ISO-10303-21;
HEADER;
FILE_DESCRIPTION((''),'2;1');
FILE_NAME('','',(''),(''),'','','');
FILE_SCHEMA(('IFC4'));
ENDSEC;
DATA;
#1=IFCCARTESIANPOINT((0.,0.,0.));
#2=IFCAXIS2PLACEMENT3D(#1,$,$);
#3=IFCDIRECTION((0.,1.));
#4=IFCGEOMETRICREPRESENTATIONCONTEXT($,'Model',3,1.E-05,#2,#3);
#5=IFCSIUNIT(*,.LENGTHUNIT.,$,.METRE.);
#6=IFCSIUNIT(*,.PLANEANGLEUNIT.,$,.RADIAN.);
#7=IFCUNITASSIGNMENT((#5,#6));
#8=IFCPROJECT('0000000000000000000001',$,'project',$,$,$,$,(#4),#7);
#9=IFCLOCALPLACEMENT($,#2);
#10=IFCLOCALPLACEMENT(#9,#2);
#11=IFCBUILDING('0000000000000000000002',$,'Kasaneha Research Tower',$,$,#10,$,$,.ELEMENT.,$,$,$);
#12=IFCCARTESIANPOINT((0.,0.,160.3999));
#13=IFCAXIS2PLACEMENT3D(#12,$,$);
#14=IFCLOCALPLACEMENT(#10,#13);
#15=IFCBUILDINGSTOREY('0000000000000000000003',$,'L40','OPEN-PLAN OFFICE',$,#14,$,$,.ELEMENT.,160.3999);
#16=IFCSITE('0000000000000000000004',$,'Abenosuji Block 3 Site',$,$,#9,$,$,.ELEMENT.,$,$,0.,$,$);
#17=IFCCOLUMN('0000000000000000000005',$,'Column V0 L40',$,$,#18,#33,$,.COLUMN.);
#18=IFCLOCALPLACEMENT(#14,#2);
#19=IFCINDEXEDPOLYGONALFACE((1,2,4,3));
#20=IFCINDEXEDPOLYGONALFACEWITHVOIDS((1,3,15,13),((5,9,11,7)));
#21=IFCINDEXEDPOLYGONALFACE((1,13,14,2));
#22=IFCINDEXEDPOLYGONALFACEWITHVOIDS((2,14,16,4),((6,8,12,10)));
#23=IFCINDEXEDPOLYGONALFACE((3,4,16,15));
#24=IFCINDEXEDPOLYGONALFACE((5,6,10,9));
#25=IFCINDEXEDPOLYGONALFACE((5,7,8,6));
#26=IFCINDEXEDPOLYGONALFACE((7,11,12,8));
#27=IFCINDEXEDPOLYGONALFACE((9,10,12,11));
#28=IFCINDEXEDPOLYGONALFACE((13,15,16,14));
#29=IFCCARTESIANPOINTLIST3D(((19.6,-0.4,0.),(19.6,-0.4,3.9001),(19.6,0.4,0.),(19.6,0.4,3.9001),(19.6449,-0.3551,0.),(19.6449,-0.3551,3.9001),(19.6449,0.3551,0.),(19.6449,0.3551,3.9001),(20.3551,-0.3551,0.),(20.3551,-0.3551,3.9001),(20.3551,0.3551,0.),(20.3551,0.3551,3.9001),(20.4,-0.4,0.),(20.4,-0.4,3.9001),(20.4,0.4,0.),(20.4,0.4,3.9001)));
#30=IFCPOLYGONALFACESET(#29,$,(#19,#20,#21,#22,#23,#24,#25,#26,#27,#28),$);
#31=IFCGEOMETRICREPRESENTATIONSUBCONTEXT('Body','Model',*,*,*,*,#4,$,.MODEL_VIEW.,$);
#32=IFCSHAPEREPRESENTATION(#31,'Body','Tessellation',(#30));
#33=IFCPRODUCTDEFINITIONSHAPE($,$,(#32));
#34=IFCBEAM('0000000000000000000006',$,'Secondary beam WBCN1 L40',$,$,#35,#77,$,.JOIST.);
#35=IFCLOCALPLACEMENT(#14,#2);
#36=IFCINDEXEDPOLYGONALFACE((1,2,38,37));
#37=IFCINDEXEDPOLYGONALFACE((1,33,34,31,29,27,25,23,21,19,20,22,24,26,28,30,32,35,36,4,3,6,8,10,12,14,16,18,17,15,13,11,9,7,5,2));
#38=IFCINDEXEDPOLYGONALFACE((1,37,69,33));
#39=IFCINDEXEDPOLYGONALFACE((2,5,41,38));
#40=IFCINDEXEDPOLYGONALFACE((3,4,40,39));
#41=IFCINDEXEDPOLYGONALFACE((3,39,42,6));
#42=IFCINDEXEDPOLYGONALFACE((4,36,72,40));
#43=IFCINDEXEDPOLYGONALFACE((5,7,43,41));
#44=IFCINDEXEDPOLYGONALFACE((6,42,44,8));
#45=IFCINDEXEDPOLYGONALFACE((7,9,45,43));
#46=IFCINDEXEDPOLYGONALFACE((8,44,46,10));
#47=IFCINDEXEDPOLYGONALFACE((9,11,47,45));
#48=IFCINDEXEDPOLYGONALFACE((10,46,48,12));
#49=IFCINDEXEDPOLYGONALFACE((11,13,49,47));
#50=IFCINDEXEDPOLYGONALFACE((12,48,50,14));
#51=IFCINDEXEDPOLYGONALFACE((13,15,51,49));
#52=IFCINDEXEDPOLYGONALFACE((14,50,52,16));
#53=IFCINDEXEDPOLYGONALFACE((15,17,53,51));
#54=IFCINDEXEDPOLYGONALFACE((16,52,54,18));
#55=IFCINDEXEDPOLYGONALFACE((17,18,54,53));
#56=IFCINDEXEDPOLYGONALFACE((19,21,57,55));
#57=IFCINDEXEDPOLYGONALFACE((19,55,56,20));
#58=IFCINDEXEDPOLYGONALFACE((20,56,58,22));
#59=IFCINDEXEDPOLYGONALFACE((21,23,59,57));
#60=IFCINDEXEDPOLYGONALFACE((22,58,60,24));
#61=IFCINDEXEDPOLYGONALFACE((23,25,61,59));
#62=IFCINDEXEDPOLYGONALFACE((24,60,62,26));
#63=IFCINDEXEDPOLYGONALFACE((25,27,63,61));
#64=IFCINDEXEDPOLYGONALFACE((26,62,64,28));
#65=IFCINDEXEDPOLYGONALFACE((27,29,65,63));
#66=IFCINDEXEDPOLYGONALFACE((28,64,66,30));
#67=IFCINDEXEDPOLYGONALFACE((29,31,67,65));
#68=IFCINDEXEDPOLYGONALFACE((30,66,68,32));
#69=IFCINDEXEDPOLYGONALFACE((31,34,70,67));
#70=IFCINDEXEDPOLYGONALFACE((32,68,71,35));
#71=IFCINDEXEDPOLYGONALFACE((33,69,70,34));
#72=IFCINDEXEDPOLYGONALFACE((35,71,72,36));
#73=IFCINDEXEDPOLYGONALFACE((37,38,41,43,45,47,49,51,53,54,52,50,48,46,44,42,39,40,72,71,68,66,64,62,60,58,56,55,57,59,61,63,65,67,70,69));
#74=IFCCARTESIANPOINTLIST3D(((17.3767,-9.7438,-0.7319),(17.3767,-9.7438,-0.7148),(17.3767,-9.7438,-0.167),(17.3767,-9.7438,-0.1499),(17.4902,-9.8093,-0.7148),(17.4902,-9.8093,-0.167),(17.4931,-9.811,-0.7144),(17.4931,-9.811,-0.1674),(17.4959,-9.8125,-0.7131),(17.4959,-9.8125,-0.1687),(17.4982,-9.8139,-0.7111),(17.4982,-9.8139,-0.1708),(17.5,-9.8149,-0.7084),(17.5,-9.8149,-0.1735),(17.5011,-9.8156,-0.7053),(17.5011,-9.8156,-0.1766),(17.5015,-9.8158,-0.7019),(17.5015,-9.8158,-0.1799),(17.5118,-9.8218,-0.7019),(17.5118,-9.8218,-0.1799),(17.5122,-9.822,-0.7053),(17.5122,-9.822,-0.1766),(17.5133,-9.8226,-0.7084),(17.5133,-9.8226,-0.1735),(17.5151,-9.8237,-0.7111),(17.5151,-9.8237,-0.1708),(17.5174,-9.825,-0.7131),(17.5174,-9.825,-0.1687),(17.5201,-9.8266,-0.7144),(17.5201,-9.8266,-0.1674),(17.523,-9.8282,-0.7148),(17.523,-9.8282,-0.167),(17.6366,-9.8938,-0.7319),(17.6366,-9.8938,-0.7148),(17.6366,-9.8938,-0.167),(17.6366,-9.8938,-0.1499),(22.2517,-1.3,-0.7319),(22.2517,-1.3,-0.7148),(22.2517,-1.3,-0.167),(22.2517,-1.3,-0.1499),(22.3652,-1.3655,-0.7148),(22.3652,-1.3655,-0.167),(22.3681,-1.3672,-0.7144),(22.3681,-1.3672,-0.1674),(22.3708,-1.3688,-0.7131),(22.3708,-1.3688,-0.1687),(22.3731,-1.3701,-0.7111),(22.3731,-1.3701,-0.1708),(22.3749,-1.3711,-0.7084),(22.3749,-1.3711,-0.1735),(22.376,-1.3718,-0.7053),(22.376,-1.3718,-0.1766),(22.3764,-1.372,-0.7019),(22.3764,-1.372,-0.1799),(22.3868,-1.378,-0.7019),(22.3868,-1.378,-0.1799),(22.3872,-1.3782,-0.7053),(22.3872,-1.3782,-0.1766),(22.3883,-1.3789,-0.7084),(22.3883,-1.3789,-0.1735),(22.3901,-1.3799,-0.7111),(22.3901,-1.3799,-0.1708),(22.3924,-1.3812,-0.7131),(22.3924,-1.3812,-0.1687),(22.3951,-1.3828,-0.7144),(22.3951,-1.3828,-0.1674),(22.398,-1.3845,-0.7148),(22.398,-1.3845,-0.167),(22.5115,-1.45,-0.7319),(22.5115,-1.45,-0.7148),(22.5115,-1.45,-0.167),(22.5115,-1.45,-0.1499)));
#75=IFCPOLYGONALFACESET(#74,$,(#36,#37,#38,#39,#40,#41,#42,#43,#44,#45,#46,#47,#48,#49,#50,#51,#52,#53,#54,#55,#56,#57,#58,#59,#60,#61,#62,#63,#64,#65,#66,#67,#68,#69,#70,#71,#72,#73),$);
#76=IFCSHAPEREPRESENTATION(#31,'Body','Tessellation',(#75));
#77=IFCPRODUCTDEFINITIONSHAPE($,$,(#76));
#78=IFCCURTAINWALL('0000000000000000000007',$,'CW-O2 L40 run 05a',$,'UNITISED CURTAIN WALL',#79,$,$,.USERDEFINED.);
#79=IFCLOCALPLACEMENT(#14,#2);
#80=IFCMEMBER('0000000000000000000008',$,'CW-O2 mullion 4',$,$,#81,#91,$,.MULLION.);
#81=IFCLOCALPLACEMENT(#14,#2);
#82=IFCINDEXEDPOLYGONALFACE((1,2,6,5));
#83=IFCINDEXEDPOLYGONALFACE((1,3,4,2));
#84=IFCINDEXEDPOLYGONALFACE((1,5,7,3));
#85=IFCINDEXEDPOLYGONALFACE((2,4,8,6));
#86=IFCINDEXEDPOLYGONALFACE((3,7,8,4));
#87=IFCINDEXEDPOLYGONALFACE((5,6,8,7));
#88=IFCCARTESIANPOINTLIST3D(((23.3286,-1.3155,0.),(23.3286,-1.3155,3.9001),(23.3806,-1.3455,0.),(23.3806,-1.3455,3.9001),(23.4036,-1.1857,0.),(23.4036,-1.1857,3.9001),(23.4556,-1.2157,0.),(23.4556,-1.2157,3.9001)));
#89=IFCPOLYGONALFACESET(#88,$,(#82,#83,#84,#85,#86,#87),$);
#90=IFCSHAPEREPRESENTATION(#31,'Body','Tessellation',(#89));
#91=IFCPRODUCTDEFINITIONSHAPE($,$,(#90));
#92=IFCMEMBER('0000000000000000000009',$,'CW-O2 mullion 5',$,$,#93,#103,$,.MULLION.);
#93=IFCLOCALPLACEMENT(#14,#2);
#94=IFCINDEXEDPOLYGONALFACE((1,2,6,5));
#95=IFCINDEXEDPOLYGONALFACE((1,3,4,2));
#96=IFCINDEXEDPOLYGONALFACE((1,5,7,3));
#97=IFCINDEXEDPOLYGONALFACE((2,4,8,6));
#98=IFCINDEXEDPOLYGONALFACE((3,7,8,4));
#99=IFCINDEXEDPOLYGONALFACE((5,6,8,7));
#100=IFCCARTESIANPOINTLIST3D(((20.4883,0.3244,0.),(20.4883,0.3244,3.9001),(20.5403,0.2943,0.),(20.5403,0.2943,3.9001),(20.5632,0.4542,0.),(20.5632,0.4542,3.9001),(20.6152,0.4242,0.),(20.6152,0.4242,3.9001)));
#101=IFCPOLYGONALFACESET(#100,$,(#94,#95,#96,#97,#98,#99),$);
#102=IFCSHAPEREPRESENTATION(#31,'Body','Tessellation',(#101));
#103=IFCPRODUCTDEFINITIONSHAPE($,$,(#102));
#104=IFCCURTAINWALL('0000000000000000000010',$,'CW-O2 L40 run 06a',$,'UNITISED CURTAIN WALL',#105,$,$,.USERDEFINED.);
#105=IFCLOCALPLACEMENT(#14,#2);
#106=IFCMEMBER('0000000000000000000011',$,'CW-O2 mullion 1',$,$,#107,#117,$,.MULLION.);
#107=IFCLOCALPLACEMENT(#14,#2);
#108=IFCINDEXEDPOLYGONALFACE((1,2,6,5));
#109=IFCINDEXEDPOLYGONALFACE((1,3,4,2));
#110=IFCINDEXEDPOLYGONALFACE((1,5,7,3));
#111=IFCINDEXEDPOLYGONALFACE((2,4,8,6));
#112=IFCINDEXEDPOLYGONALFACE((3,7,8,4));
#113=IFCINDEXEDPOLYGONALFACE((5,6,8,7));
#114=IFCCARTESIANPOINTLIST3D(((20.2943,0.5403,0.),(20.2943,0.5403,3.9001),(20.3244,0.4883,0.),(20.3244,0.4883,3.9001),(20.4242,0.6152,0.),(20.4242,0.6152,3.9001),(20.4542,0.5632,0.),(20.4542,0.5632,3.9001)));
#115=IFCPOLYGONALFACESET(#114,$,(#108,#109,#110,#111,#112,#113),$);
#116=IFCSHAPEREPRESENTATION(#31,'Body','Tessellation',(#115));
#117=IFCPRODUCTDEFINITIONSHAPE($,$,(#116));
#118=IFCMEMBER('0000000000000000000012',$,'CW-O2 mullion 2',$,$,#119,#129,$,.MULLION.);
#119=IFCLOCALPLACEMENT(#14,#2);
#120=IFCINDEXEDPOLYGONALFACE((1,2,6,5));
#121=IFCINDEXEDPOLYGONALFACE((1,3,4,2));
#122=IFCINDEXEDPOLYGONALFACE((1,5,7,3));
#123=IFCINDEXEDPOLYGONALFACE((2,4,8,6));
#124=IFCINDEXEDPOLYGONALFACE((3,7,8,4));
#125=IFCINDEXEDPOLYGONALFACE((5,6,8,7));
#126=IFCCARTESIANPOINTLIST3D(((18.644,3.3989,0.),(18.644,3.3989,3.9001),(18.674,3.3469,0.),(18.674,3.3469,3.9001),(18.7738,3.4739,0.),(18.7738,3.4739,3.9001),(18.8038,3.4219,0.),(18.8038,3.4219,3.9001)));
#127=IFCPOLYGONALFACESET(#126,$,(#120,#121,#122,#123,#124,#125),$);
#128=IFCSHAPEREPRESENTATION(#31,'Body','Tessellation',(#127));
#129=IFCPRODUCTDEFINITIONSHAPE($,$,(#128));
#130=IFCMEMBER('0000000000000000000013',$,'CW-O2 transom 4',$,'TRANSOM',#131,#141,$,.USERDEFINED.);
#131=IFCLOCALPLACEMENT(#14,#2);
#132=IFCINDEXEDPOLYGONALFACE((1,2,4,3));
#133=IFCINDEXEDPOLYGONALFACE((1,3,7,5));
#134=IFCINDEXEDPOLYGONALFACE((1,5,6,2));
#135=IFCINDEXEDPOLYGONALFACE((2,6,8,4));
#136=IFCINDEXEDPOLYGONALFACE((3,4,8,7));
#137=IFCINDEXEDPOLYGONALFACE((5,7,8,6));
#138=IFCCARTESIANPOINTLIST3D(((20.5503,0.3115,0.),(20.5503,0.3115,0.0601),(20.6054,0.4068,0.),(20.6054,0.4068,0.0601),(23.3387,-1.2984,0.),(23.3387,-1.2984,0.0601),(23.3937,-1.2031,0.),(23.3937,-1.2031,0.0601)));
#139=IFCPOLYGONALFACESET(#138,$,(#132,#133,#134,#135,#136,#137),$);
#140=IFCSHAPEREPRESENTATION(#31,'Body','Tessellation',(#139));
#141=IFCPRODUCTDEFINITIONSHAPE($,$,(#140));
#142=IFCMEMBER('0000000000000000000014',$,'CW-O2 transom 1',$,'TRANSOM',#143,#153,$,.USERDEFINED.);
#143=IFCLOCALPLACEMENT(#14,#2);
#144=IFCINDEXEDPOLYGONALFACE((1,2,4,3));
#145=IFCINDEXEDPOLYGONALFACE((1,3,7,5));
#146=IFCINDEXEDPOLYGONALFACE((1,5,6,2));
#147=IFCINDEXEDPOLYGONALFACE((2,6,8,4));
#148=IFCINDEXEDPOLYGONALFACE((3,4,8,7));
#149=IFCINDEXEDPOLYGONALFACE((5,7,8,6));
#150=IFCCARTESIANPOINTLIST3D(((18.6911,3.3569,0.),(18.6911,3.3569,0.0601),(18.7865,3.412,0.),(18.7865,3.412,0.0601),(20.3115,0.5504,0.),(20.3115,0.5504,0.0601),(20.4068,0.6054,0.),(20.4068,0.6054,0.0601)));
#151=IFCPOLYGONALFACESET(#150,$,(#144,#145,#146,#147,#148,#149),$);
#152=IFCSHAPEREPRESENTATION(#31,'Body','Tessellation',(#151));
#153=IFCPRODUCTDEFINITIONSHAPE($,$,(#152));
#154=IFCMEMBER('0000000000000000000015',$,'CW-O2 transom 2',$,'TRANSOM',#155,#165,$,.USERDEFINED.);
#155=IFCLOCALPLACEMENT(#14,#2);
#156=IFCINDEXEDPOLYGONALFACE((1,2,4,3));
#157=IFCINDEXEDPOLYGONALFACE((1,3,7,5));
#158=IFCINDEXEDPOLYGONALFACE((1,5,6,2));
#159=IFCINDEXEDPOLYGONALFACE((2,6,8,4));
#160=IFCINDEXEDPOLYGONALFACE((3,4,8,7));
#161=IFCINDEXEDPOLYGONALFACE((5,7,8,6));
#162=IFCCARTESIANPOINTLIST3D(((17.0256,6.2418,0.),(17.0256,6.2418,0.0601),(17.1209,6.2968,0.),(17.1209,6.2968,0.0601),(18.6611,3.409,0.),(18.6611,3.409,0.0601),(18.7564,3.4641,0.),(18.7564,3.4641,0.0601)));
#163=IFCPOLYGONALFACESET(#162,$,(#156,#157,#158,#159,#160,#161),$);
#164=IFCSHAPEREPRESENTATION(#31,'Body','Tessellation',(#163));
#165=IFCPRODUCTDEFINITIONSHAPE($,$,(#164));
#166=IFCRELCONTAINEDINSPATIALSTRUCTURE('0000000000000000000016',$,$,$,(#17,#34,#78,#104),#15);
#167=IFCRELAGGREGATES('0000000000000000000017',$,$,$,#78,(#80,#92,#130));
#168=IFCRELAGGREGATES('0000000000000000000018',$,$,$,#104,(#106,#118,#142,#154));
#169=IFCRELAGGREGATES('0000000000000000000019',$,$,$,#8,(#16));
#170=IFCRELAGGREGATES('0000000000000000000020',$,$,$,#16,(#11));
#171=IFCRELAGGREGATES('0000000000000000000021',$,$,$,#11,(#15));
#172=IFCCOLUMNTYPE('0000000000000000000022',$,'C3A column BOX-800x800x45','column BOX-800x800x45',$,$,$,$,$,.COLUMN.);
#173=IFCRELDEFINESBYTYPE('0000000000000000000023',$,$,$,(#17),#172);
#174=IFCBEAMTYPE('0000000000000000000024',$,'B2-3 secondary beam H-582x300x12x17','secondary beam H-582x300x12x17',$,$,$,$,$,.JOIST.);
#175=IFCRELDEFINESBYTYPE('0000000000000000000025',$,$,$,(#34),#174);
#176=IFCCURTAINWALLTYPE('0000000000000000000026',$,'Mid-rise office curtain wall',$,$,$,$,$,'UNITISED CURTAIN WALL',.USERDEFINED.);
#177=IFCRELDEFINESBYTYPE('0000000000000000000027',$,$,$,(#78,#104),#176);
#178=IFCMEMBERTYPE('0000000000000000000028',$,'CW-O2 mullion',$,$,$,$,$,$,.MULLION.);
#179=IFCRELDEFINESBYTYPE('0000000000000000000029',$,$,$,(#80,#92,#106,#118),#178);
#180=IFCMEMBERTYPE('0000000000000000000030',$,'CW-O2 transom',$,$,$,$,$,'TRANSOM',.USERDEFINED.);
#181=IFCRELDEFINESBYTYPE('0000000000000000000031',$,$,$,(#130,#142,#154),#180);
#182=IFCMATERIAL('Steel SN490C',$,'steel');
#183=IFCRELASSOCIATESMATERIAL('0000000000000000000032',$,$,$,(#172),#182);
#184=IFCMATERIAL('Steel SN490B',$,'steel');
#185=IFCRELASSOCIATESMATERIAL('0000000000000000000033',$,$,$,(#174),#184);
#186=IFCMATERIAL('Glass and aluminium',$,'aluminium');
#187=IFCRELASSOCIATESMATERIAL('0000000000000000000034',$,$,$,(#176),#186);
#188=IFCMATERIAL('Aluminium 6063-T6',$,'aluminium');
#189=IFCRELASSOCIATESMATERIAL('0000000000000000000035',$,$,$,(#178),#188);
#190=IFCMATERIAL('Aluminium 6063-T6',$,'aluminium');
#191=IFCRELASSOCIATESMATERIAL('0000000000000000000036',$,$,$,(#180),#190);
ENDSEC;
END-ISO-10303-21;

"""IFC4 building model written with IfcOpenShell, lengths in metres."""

from ifc_helpers import new_model, si_unit, direction, frame, origin, origin_2d, place, context, subcontext, project, spatial, rectangle, hollow_rectangle, i_section, extrude, material, material_profile, profile_set, type_object, element, aggregate, save


model = new_model("IFC4")

# Units and contexts
model_context = context("Model", 3, precision=1e-05, world=origin(), true_north=direction((0.0, 1.0)))
body_context = subcontext(model_context, "Body", "Model", "MODEL_VIEW")
ifc_project = project(units=[si_unit("LENGTHUNIT", "METRE"), si_unit("PLANEANGLEUNIT", "RADIAN")], contexts=[model_context])

# Site, building, storey
site_placement = place(None, origin())
site = spatial("IfcSite", under=ifc_project, at=site_placement, Name="Abenosuji Block 3 Site", CompositionType="ELEMENT", RefElevation=0.0)
building_placement = place(site_placement, origin())
building = spatial("IfcBuilding", under=site, at=building_placement, Name="Kasaneha Research Tower", CompositionType="ELEMENT")
storey_placement = place(building_placement, frame((0.0, 0.0, 160.3999)))
storey = spatial("IfcBuildingStorey", under=building, at=storey_placement, Name="L40", Description="OPEN-PLAN OFFICE", CompositionType="ELEMENT", Elevation=160.3999)

# Column
ifc_material_1 = material(Name="Steel SN490C", Category="steel")
ifc_material_profile_1 = material_profile(ifc_material_1, hollow_rectangle(XDim=0.8, YDim=0.8, WallThickness=0.0449, at=origin_2d()), Name="BOX-800x800x45")
ifc_profile_set_1 = profile_set([ifc_material_profile_1], Name="Steel SN490C")
column_type = type_object("IfcColumnType", Name="C3A column BOX-800x800x45", Description="column BOX-800x800x45", PredefinedType="COLUMN", material=ifc_profile_set_1)
column_placement = place(storey_placement, frame((20.0, 0.0, 0.0), z_axis=(0.0, 0.0, 1.0), x_axis=(1.0, 0.0, 0.0)))
element("IfcColumn", 1, at=column_placement, inside=storey, type_object=column_type, Name="Column V0 L40", PredefinedType="COLUMN", context=body_context, shape_type="SweptSolid", body=[
    extrude(hollow_rectangle(XDim=0.8, YDim=0.8, WallThickness=0.0449, at=origin_2d()), origin(), (0.0, 0.0, 1.0), 3.9001),
])

# Beam
ifc_material_2 = material(Name="Steel SN490B", Category="steel")
ifc_material_profile_2 = material_profile(ifc_material_2, i_section(OverallWidth=0.3, OverallDepth=0.582, WebThickness=0.012, FlangeThickness=0.0171, FilletRadius=0.0129, at=origin_2d()), Name="H-582x300x12x17")
ifc_profile_set_2 = profile_set([ifc_material_profile_2], Name="Steel SN490B")
beam_type_1 = type_object("IfcBeamType", Name="B2-3 secondary beam H-582x300x12x17", Description="secondary beam H-582x300x12x17", PredefinedType="JOIST", material=ifc_profile_set_2)
beam_1_placement = place(storey_placement, frame((22.3816, -1.375, -0.4409), z_axis=(-0.499996, -0.866028, 0.0), x_axis=(0.866028, -0.499996, 0.0)))
element("IfcBeam", 2, at=beam_1_placement, inside=storey, type_object=beam_type_1, Name="Secondary beam WBCN1 L40", PredefinedType="JOIST", context=body_context, shape_type="SweptSolid", body=[
    extrude(i_section(OverallWidth=0.3, OverallDepth=0.582, WebThickness=0.012, FlangeThickness=0.0171, FilletRadius=0.0129, at=origin_2d()), origin(), (0.0, 0.0, 1.0), 9.75),
])

# Curtain walls, members
ifc_material_3 = material(Name="Glass and aluminium", Category="aluminium")
curtain_wall_type = type_object("IfcCurtainWallType", Name="Mid-rise office curtain wall", ElementType="UNITISED CURTAIN WALL", PredefinedType="USERDEFINED", material=ifc_material_3)
curtain_wall_1_placement = place(storey_placement, origin())
curtain_wall_1 = element("IfcCurtainWall", 3, at=curtain_wall_1_placement, inside=storey, type_object=curtain_wall_type, Name="CW-O2 L40 run 05a", ObjectType="UNITISED CURTAIN WALL", PredefinedType="USERDEFINED")
ifc_material_4 = material(Name="Aluminium 6063-T6", Category="aluminium")
ifc_material_profile_3 = material_profile(ifc_material_4, rectangle(XDim=0.0601, YDim=0.1499, at=origin_2d()), Name="CW-O2 mullion 60x150")
ifc_profile_set_3 = profile_set([ifc_material_profile_3], Name="Aluminium 6063-T6")
member_type_1 = type_object("IfcMemberType", Name="CW-O2 mullion", PredefinedType="MULLION", material=ifc_profile_set_3)
member_1_placement = place(storey_placement, frame((23.3921, -1.2656, 0.0), z_axis=(0.0, 0.0, 1.0), x_axis=(-0.866025, 0.5, 0.0)))
member_1 = element("IfcMember", 4, at=member_1_placement, type_object=member_type_1, Name="CW-O2 mullion 4", PredefinedType="MULLION", context=body_context, shape_type="SweptSolid", body=[
    extrude(rectangle(XDim=0.0601, YDim=0.1499, at=origin_2d()), origin(), (0.0, 0.0, 1.0), 3.9001),
])
member_2_placement = place(storey_placement, frame((20.5518, 0.3743, 0.0), z_axis=(0.0, 0.0, 1.0), x_axis=(-0.866025, 0.5, 0.0)))
member_2 = element("IfcMember", 5, at=member_2_placement, type_object=member_type_1, Name="CW-O2 mullion 5", PredefinedType="MULLION", context=body_context, shape_type="SweptSolid", body=[
    extrude(rectangle(XDim=0.0601, YDim=0.1499, at=origin_2d()), origin(), (0.0, 0.0, 1.0), 3.9001),
])
curtain_wall_2_placement = place(storey_placement, origin())
curtain_wall_2 = element("IfcCurtainWall", 6, at=curtain_wall_2_placement, inside=storey, type_object=curtain_wall_type, Name="CW-O2 L40 run 06a", ObjectType="UNITISED CURTAIN WALL", PredefinedType="USERDEFINED")
member_3_placement = place(storey_placement, frame((20.3743, 0.5518, 0.0), z_axis=(0.0, 0.0, 1.0), x_axis=(-0.5, 0.866025, 0.0)))
member_3 = element("IfcMember", 7, at=member_3_placement, type_object=member_type_1, Name="CW-O2 mullion 1", PredefinedType="MULLION", context=body_context, shape_type="SweptSolid", body=[
    extrude(rectangle(XDim=0.0601, YDim=0.1499, at=origin_2d()), origin(), (0.0, 0.0, 1.0), 3.9001),
])
member_4_placement = place(storey_placement, frame((18.7239, 3.4104, 0.0), z_axis=(0.0, 0.0, 1.0), x_axis=(-0.5, 0.866025, 0.0)))
member_4 = element("IfcMember", 8, at=member_4_placement, type_object=member_type_1, Name="CW-O2 mullion 2", PredefinedType="MULLION", context=body_context, shape_type="SweptSolid", body=[
    extrude(rectangle(XDim=0.0601, YDim=0.1499, at=origin_2d()), origin(), (0.0, 0.0, 1.0), 3.9001),
])

# Members
ifc_material_5 = material(Name="Aluminium 6063-T6", Category="aluminium")
ifc_material_profile_4 = material_profile(ifc_material_5, rectangle(XDim=0.1101, YDim=0.0601, at=origin_2d()), Name="CW-O2 transom 110x60")
ifc_profile_set_4 = profile_set([ifc_material_profile_4], Name="Aluminium 6063-T6")
member_type_2 = type_object("IfcMemberType", Name="CW-O2 transom", ElementType="TRANSOM", PredefinedType="USERDEFINED", material=ifc_profile_set_4)
member_5_placement = place(storey_placement, frame((23.3662, -1.2507, 0.03), z_axis=(-0.866023, 0.500005, 0.0), x_axis=(-0.500005, -0.866023, 0.0)))
member_5 = element("IfcMember", 9, at=member_5_placement, type_object=member_type_2, Name="CW-O2 transom 4", ObjectType="TRANSOM", PredefinedType="USERDEFINED", context=body_context, shape_type="SweptSolid", body=[
    extrude(rectangle(XDim=0.1101, YDim=0.0601, at=origin_2d()), origin(), (0.0, 0.0, 1.0), 3.2197),
])
member_6_placement = place(storey_placement, frame((20.3591, 0.5779, 0.03), z_axis=(-0.499988, 0.866033, 0.0), x_axis=(-0.866033, -0.499988, 0.0)))
member_6 = element("IfcMember", 10, at=member_6_placement, type_object=member_type_2, Name="CW-O2 transom 1", ObjectType="TRANSOM", PredefinedType="USERDEFINED", context=body_context, shape_type="SweptSolid", body=[
    extrude(rectangle(XDim=0.1101, YDim=0.0601, at=origin_2d()), origin(), (0.0, 0.0, 1.0), 3.2407),
])
member_7_placement = place(storey_placement, frame((18.7087, 3.4365, 0.03), z_axis=(-0.5, 0.866025, 0.0), x_axis=(-0.866025, -0.5, 0.0)))
member_7 = element("IfcMember", 11, at=member_7_placement, type_object=member_type_2, Name="CW-O2 transom 2", ObjectType="TRANSOM", PredefinedType="USERDEFINED", context=body_context, shape_type="SweptSolid", body=[
    extrude(rectangle(XDim=0.1101, YDim=0.0601, at=origin_2d()), origin(), (0.0, 0.0, 1.0), 3.271),
])

aggregate(curtain_wall_1, [member_1, member_2, member_5])
aggregate(curtain_wall_2, [member_3, member_4, member_6, member_7])

save(model, "model.ifc")
